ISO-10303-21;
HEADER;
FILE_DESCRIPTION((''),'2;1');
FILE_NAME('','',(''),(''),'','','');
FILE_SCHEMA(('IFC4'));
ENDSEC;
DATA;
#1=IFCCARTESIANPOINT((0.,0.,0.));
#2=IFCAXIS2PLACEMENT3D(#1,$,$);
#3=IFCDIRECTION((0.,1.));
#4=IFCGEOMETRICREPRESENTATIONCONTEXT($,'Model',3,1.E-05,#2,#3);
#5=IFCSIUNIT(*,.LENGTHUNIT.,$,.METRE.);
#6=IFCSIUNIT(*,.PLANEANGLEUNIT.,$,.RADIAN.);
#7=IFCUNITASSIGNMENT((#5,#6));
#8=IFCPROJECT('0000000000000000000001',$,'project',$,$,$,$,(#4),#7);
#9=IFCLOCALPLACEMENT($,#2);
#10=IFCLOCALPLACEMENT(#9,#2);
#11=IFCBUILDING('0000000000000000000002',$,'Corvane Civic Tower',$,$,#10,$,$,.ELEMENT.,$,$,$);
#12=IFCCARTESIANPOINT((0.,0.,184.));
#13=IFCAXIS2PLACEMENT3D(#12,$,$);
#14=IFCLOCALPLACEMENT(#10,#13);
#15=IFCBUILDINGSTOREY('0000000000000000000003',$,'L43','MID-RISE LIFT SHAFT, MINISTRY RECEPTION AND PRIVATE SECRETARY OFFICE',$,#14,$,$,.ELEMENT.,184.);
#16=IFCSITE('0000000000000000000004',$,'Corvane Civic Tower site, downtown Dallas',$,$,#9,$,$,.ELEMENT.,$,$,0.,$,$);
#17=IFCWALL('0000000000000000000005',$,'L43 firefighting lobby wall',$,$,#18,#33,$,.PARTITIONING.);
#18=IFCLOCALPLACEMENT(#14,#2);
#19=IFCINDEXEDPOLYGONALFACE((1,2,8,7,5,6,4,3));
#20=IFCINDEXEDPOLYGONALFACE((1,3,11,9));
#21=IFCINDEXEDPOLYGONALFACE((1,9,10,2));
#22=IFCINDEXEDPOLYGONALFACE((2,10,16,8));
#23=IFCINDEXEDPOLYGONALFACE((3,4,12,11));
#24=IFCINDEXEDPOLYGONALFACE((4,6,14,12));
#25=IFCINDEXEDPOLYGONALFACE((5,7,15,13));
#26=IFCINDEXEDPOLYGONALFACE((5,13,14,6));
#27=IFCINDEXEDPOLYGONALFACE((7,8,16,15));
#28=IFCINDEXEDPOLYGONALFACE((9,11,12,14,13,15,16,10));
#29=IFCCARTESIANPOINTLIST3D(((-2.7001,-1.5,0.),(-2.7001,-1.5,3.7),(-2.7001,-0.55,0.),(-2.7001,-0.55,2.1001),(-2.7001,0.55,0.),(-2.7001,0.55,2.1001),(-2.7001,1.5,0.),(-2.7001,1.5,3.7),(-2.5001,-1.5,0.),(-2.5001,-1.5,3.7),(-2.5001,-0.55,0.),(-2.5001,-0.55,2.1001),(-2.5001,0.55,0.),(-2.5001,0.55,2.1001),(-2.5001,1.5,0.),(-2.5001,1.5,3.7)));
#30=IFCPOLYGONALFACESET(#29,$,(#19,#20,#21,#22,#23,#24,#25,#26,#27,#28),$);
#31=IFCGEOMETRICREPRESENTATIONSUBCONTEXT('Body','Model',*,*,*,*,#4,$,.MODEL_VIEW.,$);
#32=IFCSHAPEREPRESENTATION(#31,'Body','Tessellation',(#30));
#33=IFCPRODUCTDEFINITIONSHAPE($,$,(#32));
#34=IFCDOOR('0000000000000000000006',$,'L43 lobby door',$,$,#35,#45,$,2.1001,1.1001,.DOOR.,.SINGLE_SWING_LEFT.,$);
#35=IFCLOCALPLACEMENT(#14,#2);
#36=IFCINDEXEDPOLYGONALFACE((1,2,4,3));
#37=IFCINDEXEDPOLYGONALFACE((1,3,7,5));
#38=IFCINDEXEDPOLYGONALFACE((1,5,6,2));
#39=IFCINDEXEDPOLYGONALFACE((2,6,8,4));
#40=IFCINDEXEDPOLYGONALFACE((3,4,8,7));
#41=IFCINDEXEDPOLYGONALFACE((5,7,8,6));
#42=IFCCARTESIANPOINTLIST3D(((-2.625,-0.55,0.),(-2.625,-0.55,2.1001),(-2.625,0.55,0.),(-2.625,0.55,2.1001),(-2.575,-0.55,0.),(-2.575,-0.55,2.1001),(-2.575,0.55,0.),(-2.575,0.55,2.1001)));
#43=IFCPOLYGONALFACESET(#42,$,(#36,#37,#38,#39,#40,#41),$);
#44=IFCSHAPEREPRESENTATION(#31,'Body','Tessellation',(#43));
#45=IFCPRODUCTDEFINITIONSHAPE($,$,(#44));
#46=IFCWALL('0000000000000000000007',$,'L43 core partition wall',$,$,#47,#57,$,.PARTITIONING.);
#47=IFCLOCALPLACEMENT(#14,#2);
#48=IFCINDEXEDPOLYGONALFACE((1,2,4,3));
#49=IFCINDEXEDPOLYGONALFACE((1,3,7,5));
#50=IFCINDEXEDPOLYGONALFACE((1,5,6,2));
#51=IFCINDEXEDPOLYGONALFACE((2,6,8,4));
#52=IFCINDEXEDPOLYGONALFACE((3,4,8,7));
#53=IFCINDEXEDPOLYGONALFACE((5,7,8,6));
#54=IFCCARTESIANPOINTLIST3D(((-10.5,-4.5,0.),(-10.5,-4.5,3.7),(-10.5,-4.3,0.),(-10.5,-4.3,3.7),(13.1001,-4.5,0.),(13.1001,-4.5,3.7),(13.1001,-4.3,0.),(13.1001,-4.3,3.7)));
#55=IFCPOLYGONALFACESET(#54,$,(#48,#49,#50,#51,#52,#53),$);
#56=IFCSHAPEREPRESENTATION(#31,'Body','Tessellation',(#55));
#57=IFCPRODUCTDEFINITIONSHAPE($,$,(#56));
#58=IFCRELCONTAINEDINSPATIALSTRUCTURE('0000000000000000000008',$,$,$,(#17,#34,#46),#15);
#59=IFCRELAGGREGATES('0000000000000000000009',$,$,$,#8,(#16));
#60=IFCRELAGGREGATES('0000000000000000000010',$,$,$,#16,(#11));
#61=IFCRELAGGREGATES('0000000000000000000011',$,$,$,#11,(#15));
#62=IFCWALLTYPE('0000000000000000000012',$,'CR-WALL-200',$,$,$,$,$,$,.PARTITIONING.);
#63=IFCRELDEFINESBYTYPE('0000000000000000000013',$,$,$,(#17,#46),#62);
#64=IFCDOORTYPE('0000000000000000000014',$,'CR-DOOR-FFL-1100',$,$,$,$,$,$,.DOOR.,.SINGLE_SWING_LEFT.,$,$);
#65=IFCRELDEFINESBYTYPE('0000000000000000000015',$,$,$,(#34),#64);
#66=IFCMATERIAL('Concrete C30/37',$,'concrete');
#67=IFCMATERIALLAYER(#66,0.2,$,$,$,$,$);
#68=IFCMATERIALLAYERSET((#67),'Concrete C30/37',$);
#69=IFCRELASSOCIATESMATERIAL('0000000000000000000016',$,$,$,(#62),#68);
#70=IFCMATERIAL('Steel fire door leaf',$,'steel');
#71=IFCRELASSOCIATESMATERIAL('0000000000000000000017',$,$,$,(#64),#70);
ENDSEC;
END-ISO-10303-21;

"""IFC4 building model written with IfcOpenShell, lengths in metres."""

from ifc_helpers import new_model, si_unit, direction, frame, frame_2d, origin, place, context, subcontext, project, spatial, polyline, rectangle, outline, extrude, material, layer, layer_set, type_object, element, fill, save


model = new_model("IFC4")

# Units and contexts
model_context = context("Model", 3, precision=1e-05, world=origin(), true_north=direction((0.0, 1.0)))
body_context = subcontext(model_context, "Body", "Model", "MODEL_VIEW")
ifc_project = project(units=[si_unit("LENGTHUNIT", "METRE"), si_unit("PLANEANGLEUNIT", "RADIAN")], contexts=[model_context])

# Site, building, storey
site_placement = place(None, origin())
site = spatial("IfcSite", under=ifc_project, at=site_placement, Name="Corvane Civic Tower site, downtown Dallas", CompositionType="ELEMENT", RefElevation=0.0)
building_placement = place(site_placement, origin())
building = spatial("IfcBuilding", under=site, at=building_placement, Name="Corvane Civic Tower", CompositionType="ELEMENT")
storey_placement = place(building_placement, frame((0.0, 0.0, 184.0)))
storey = spatial("IfcBuildingStorey", under=building, at=storey_placement, Name="L43", Description="MID-RISE LIFT SHAFT, MINISTRY RECEPTION AND PRIVATE SECRETARY OFFICE", CompositionType="ELEMENT", Elevation=184.0)

# Shared definitions
ifc_material_1 = material(Name="Concrete C30/37", Category="concrete")
ifc_layer_1 = layer(ifc_material_1, 0.2)
ifc_layer_set_1 = layer_set([ifc_layer_1], Name="Concrete C30/37")
wall_type = type_object("IfcWallType", Name="CR-WALL-200", PredefinedType="PARTITIONING", material=ifc_layer_set_1)

# Wall, opening, door
ifc_material_2 = material(Name="Steel fire door leaf", Category="steel")
door_type_1 = type_object("IfcDoorType", Name="CR-DOOR-FFL-1100", OperationType="SINGLE_SWING_LEFT", PredefinedType="DOOR", material=ifc_material_2)
wall_1_placement = place(storey_placement, frame((-2.6001, -1.5, 0.0), z_axis=(0.0, 0.0, 1.0), x_axis=(0.0, 1.0, 0.0)))
wall_1 = element("IfcWall", 1, at=wall_1_placement, inside=storey, type_object=wall_type, Name="L43 firefighting lobby wall", PredefinedType="PARTITIONING", context=body_context, shape_type="SweptSolid", body=[
    extrude(rectangle(XDim=3.0, YDim=0.2, at=frame_2d((1.5, 0.0))), origin(), (0.0, 0.0, 1.0), 3.7),
])
opening_1_placement = place(wall_1_placement, frame((0.95, 0.0, 0.0)))
opening_1 = element("IfcOpeningElement", 2, at=opening_1_placement, cuts=wall_1, PredefinedType="OPENING", context=body_context, shape_type="SweptSolid", body=[
    extrude(rectangle(XDim=1.1001, YDim=2.1001, at=frame_2d((0.55, 1.05))), frame((0.0, 0.1099, 0.0), z_axis=(0.0, -1.0, 0.0), x_axis=(1.0, 0.0, 0.0)), (0.0, 0.0, 1.0), 0.22),
])
door_1_placement = place(opening_1_placement, origin())
door_1 = element("IfcDoor", 3, at=door_1_placement, inside=storey, type_object=door_type_1, Name="L43 lobby door", OperationType="SINGLE_SWING_LEFT", OverallHeight=2.1001, OverallWidth=1.1001, PredefinedType="DOOR", context=body_context, shape_type="SweptSolid", body=[
    extrude(rectangle(XDim=1.1001, YDim=2.1001, at=frame_2d((0.55, 1.05))), frame((0.0, 0.0249, 0.0), z_axis=(0.0, -1.0, 0.0), x_axis=(1.0, 0.0, 0.0)), (0.0, 0.0, 1.0), 0.05),
])
fill(opening_1, door_1)

# Wall
wall_2_placement = place(storey_placement, origin())
element("IfcWall", 4, at=wall_2_placement, inside=storey, type_object=wall_type, Name="L43 core partition wall", PredefinedType="PARTITIONING", context=body_context, shape_type="SweptSolid", body=[
    extrude(outline(polyline([(13.1001, -4.3), (13.1001, -4.5), (-10.5, -4.5), (-10.5, -4.3), (13.1001, -4.3)])), origin(), (0.0, 0.0, 1.0), 3.7),
])

save(model, "model.ifc")
